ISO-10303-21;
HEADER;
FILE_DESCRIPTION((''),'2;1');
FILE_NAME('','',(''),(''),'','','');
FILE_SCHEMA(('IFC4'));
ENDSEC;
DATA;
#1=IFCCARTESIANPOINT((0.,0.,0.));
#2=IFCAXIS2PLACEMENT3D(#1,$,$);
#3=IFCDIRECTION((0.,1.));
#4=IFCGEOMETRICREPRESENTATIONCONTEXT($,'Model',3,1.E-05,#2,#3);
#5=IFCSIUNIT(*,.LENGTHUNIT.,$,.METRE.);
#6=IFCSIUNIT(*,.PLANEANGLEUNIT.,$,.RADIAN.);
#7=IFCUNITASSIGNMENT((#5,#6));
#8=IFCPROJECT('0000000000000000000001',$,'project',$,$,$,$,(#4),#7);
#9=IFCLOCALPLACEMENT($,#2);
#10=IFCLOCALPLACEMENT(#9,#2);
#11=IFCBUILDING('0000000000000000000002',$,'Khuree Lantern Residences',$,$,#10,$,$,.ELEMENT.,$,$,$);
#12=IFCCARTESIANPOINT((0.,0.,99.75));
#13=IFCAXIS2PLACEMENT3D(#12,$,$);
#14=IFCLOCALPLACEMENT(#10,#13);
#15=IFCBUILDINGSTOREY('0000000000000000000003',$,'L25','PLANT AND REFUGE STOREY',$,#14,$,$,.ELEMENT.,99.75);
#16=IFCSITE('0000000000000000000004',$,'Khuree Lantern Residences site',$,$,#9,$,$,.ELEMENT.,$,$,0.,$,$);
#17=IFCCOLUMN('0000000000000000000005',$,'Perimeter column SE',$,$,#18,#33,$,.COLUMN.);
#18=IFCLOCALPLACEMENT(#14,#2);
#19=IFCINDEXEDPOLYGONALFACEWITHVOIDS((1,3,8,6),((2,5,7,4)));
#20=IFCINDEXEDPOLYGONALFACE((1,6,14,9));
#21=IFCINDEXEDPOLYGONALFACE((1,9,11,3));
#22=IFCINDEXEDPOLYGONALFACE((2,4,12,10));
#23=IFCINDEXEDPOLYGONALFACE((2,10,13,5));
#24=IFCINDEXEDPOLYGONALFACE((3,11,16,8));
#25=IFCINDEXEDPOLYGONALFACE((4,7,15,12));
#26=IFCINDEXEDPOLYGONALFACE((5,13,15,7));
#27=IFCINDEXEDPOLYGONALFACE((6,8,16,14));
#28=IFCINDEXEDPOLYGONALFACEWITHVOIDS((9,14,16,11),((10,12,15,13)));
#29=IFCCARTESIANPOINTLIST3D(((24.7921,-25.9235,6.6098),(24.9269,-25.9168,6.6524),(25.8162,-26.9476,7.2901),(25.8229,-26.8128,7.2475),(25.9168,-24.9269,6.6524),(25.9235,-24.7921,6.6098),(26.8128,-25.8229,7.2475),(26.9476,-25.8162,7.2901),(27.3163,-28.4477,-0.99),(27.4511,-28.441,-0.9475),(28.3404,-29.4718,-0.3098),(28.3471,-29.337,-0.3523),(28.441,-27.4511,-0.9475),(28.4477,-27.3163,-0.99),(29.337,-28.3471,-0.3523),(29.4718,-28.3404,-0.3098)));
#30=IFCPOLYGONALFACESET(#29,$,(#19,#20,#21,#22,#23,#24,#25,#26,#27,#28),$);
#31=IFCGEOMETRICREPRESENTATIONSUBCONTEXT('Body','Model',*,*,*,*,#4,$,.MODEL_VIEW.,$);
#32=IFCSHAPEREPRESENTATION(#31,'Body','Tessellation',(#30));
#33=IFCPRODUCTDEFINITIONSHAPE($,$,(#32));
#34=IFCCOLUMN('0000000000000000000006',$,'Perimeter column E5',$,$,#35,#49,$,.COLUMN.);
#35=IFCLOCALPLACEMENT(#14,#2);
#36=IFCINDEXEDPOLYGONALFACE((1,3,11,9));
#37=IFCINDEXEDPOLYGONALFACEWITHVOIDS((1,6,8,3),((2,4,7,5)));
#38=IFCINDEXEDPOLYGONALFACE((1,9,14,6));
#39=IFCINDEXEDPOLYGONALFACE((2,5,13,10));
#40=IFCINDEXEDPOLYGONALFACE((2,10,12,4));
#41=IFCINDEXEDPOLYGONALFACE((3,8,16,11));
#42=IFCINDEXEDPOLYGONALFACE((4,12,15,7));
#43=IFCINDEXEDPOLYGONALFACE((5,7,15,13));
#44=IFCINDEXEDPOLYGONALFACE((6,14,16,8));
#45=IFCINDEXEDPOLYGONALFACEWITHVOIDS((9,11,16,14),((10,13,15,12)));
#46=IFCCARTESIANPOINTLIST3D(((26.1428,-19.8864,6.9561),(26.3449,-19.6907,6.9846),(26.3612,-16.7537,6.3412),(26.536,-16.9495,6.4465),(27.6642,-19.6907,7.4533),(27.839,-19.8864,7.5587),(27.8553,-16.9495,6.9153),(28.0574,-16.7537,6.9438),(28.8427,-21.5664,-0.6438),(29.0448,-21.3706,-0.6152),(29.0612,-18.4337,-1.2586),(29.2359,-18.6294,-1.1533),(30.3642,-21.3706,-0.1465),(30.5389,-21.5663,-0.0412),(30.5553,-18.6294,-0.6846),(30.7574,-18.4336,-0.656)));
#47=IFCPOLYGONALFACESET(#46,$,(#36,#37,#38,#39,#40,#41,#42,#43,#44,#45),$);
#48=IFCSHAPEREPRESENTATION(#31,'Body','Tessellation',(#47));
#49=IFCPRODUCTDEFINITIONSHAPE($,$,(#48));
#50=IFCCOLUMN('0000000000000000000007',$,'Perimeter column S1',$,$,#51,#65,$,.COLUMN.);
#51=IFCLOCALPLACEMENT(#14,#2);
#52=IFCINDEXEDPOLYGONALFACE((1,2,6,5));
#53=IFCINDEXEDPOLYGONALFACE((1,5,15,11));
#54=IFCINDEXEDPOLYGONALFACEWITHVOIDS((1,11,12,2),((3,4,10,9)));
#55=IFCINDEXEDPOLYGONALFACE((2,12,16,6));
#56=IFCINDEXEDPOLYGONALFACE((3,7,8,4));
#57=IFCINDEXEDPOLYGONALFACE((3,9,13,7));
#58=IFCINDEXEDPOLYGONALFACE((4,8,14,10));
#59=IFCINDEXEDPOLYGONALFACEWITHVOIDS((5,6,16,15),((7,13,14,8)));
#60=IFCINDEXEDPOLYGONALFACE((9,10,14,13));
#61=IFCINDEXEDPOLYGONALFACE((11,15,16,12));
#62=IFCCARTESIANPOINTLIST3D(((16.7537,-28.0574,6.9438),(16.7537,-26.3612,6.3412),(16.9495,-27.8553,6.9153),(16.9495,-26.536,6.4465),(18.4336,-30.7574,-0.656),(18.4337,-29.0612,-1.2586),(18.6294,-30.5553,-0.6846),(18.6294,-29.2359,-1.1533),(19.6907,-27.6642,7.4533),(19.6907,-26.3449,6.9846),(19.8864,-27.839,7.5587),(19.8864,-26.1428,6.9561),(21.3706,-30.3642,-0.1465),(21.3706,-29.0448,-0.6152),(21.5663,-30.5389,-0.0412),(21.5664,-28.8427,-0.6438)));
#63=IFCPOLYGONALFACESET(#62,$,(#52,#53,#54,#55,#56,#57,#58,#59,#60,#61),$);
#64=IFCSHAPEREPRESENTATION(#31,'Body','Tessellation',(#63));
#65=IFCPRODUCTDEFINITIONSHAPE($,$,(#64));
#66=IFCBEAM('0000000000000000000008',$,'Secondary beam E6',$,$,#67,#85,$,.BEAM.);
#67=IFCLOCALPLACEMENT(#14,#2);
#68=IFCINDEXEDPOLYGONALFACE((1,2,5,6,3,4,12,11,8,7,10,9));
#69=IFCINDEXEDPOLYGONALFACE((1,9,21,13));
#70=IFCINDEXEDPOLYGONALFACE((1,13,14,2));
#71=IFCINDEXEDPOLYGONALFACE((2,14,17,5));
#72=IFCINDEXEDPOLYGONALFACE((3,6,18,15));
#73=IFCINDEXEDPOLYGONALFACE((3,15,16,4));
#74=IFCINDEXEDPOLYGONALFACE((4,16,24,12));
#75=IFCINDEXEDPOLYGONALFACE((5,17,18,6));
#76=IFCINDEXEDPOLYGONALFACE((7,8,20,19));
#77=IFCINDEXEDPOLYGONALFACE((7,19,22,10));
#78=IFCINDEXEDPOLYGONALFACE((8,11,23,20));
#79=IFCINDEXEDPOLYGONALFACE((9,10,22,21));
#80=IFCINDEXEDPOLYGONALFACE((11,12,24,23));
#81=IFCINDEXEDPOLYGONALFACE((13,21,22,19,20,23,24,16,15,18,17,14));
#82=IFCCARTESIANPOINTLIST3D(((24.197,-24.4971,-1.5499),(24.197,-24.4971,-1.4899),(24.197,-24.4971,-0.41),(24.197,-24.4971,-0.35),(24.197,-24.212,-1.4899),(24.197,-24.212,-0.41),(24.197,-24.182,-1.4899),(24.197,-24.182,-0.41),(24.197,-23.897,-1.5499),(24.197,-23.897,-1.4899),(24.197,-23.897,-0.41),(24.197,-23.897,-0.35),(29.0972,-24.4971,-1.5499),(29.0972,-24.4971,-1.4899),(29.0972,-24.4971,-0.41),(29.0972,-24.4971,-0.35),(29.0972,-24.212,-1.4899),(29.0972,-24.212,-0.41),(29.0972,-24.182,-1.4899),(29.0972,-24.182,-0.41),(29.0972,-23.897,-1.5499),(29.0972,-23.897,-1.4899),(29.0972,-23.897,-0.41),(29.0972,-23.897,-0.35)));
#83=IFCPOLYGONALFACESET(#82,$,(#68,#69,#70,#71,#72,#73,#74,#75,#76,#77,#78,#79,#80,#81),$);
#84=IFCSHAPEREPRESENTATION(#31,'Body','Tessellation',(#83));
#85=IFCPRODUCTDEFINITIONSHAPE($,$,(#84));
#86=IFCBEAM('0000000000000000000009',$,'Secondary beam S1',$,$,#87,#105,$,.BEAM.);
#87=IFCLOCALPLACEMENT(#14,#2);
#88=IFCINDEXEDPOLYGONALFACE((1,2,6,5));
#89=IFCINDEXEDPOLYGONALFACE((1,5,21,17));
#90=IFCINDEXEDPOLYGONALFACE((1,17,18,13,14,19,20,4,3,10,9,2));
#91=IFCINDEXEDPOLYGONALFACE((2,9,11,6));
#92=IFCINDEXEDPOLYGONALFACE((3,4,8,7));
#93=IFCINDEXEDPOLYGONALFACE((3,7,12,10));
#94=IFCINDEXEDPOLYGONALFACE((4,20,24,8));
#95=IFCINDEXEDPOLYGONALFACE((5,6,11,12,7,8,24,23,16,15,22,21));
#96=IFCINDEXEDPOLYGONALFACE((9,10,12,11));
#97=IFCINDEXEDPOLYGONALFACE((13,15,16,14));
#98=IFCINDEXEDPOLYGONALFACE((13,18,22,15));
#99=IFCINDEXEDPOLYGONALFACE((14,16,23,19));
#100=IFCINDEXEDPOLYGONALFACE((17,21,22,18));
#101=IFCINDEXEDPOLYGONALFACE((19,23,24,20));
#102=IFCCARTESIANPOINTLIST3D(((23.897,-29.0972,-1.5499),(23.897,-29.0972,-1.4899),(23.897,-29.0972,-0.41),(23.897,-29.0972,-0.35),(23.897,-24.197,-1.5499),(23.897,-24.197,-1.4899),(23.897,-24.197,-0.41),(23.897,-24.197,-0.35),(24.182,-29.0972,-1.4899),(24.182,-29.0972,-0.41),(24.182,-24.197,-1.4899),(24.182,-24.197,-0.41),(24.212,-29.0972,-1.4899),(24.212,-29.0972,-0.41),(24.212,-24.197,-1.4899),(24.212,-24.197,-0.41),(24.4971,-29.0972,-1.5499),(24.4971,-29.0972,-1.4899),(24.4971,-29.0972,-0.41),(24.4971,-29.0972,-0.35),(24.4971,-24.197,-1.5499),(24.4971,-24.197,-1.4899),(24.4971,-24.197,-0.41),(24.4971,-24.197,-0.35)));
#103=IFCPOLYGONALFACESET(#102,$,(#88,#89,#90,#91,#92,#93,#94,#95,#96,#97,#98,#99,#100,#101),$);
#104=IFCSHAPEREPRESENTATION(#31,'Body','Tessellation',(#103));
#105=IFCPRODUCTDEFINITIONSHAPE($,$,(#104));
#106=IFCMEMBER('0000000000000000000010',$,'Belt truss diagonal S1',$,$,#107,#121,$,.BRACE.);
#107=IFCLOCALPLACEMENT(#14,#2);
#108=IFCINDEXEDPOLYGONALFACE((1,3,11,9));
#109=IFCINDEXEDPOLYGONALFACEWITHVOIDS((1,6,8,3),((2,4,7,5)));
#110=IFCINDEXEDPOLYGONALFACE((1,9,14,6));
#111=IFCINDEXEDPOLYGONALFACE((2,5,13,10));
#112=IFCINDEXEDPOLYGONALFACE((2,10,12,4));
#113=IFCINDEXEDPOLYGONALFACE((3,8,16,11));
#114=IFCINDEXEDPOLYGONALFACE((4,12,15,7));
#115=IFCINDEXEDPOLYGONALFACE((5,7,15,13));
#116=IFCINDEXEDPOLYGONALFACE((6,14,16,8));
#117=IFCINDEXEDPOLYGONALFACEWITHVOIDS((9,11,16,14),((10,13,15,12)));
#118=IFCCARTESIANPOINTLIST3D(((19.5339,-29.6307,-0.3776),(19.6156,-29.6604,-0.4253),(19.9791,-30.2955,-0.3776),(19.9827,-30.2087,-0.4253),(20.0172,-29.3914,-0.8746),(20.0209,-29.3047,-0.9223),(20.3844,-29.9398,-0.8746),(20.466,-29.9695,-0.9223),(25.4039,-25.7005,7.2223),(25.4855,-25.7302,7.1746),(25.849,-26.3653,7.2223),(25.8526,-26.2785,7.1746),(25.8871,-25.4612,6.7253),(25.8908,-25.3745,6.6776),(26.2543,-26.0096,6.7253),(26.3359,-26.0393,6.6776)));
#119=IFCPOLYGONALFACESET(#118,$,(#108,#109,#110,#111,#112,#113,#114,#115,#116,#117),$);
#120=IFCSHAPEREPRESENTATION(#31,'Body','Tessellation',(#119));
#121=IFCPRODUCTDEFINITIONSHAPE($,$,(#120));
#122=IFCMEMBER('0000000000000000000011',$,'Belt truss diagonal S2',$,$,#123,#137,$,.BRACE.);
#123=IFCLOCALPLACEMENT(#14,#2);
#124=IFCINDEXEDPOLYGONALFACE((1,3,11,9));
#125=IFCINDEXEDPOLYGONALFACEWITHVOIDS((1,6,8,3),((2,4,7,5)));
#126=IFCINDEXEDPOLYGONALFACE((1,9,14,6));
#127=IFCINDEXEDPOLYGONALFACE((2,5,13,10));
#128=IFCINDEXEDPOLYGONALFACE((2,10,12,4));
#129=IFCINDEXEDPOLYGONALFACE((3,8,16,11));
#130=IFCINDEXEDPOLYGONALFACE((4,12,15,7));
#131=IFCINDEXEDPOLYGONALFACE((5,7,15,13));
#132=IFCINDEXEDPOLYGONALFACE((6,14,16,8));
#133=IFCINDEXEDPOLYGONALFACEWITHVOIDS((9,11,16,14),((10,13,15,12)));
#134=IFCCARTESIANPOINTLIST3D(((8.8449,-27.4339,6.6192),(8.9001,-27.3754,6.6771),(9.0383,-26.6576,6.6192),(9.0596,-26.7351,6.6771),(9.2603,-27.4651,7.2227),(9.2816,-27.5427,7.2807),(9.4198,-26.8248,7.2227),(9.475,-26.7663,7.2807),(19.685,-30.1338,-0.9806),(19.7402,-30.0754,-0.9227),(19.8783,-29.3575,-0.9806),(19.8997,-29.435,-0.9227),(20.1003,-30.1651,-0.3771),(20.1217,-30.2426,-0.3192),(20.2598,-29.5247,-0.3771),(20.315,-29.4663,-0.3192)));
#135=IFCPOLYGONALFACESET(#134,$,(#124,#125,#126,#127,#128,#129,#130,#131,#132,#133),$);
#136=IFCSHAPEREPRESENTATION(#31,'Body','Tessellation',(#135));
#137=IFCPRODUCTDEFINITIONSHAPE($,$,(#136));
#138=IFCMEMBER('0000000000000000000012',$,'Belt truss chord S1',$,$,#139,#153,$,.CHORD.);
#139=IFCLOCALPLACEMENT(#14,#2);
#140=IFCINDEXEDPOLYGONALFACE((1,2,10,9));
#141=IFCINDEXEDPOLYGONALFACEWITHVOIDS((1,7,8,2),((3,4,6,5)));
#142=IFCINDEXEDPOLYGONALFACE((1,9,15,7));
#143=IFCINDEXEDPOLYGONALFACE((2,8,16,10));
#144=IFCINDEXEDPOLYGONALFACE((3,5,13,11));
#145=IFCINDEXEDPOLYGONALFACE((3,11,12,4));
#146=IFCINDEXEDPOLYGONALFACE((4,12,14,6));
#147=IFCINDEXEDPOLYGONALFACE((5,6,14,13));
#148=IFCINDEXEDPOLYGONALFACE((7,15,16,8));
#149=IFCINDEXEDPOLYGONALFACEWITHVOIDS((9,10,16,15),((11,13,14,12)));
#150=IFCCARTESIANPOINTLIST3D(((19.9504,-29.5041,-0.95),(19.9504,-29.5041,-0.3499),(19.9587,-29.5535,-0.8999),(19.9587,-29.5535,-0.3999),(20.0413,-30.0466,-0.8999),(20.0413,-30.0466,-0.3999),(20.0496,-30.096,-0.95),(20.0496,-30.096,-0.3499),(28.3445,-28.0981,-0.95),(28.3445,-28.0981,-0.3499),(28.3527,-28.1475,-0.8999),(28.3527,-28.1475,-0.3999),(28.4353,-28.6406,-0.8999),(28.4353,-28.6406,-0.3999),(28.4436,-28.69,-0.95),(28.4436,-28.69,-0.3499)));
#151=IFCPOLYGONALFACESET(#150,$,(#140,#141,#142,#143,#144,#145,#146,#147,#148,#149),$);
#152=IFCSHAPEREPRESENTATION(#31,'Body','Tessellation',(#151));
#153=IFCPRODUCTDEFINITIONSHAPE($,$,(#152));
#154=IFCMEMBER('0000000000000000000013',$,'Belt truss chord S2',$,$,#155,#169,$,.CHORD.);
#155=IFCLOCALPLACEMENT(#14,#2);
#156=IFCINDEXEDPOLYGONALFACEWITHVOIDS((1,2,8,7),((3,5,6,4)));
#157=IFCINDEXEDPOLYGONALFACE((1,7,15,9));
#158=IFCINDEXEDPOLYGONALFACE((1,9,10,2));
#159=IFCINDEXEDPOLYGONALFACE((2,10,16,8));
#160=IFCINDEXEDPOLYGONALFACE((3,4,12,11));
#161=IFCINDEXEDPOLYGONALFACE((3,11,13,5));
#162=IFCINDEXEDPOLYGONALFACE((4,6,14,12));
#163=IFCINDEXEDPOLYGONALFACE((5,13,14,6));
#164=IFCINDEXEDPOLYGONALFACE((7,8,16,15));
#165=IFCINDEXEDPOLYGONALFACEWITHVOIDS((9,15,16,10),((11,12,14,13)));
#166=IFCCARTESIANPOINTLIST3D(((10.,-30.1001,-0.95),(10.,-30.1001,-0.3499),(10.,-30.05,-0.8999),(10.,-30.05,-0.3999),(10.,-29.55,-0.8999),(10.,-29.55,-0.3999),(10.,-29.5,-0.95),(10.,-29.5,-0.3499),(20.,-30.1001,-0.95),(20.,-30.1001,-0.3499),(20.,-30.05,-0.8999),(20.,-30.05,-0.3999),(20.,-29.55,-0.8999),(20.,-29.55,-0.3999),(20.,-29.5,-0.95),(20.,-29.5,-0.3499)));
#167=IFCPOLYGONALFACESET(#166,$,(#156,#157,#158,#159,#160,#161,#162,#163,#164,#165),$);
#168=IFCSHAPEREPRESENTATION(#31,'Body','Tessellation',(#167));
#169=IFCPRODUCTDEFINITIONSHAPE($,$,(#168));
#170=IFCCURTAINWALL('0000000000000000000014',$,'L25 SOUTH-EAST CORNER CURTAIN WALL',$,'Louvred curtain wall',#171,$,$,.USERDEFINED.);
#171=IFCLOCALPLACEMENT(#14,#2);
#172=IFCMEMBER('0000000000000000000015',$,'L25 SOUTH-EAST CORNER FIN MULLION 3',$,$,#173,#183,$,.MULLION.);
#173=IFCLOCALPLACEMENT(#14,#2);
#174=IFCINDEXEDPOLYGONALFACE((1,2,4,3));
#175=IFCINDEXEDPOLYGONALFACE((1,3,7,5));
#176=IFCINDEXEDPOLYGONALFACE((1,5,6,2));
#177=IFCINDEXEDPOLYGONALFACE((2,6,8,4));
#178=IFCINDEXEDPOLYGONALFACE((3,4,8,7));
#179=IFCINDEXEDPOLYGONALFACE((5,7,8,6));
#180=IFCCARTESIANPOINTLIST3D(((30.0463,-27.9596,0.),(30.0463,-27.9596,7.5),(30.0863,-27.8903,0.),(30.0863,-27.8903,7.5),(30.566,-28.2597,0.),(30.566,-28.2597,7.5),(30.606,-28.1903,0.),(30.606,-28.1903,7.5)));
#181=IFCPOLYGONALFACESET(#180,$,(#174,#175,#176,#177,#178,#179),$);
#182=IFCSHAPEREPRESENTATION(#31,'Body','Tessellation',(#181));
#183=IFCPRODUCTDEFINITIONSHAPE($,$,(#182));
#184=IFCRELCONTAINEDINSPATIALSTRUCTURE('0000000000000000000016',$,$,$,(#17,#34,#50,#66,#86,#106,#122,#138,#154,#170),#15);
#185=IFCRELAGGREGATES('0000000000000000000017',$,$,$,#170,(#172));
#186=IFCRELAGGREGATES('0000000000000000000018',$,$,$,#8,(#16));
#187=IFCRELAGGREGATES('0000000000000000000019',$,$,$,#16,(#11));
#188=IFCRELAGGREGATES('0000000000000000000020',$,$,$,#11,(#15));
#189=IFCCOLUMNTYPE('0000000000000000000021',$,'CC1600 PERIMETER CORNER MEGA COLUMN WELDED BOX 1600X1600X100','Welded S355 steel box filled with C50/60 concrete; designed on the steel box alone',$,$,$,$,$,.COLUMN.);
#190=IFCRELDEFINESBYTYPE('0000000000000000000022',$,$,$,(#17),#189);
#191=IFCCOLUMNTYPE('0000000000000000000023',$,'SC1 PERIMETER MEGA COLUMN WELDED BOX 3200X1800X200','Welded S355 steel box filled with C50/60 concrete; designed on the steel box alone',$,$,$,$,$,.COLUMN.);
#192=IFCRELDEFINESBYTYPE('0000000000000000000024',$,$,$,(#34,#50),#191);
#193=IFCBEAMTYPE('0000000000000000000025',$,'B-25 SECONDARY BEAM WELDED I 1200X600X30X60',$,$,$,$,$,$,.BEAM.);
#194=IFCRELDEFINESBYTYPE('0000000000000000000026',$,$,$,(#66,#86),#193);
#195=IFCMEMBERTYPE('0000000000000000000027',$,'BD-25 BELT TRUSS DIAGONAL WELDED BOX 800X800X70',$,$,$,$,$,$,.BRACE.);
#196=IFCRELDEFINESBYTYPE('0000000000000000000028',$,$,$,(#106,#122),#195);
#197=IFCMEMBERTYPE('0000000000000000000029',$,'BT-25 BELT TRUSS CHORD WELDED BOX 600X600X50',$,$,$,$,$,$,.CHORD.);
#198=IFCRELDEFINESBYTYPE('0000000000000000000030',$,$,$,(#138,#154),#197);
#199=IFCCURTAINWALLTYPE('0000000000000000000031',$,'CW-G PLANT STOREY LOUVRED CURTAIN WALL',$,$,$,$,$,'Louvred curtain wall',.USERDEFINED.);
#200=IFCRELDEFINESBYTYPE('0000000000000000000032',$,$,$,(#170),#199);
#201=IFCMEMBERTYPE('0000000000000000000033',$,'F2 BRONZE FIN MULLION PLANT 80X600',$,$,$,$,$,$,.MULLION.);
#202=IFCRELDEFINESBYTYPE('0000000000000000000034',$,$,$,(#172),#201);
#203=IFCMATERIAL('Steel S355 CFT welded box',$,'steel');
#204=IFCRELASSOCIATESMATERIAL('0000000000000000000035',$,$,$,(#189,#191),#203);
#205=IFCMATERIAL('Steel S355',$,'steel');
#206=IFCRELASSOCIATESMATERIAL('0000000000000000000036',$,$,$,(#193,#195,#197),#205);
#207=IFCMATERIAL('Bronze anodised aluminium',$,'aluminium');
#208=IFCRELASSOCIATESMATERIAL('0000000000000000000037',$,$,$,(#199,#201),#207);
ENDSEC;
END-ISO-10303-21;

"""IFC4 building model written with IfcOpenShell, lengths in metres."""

from ifc_helpers import new_model, si_unit, direction, frame, origin, origin_2d, place, context, subcontext, project, spatial, rectangle, hollow_rectangle, i_section, extrude, material, material_profile, profile_set, type_object, element, aggregate, save


model = new_model("IFC4")

# Units and contexts
model_context = context("Model", 3, precision=1e-05, world=origin(), true_north=direction((0.0, 1.0)))
body_context = subcontext(model_context, "Body", "Model", "MODEL_VIEW")
ifc_project = project(units=[si_unit("LENGTHUNIT", "METRE"), si_unit("PLANEANGLEUNIT", "RADIAN")], contexts=[model_context])

# Site, building, storey
site_placement = place(None, origin())
site = spatial("IfcSite", under=ifc_project, at=site_placement, Name="Khuree Lantern Residences site", CompositionType="ELEMENT", RefElevation=0.0)
building_placement = place(site_placement, origin())
building = spatial("IfcBuilding", under=site, at=building_placement, Name="Khuree Lantern Residences", CompositionType="ELEMENT")
storey_placement = place(building_placement, frame((0.0, 0.0, 99.75)))
storey = spatial("IfcBuildingStorey", under=building, at=storey_placement, Name="L25", Description="PLANT AND REFUGE STOREY", CompositionType="ELEMENT", Elevation=99.75)

# Columns
ifc_material_1 = material(Name="Steel S355 CFT welded box", Category="steel")
ifc_material_profile_1 = material_profile(ifc_material_1, hollow_rectangle(XDim=1.6001, YDim=1.6001, WallThickness=0.1001, at=origin_2d()), Name="WELDED BOX 1600X1600X100")
ifc_profile_set_1 = profile_set([ifc_material_profile_1], Name="Steel S355 CFT welded box")
column_type_1 = type_object("IfcColumnType", Name="CC1600 PERIMETER CORNER MEGA COLUMN WELDED BOX 1600X1600X100", Description="Welded S355 steel box filled with C50/60 concrete; designed on the steel box alone", PredefinedType="COLUMN", material=ifc_profile_set_1)
column_placement = place(storey_placement, frame((28.394, -28.394, -0.6499), z_axis=(-0.300623, 0.300623, 0.905125), x_axis=(0.707107, 0.707107, 0.0)))
element("IfcColumn", 1, at=column_placement, inside=storey, type_object=column_type_1, Name="Perimeter column SE", PredefinedType="COLUMN", context=body_context, shape_type="SweptSolid", body=[
    extrude(hollow_rectangle(XDim=1.6001, YDim=1.6001, WallThickness=0.1001, at=origin_2d()), origin(), (0.0, 0.0, 1.0), 8.3965),
])
ifc_material_profile_2 = material_profile(ifc_material_1, hollow_rectangle(XDim=3.2, YDim=1.8, WallThickness=0.2, at=origin_2d()), Name="WELDED BOX 3200X1800X200")
ifc_profile_set_2 = profile_set([ifc_material_profile_2], Name="Steel S355 CFT welded box")
column_type_2 = type_object("IfcColumnType", Name="SC1 PERIMETER MEGA COLUMN WELDED BOX 3200X1800X200", Description="Welded S355 steel box filled with C50/60 concrete; designed on the steel box alone", PredefinedType="COLUMN", material=ifc_profile_set_2)
for number, where, z_axis, x_axis, name in (
    (2, (29.8, -20.0, -0.6499), (-0.327731, 0.203917, 0.922502), (0.068256, 0.978988, -0.192155), "Perimeter column E5"),
    (3, (20.0, -29.8, -0.6499), (-0.203917, 0.327731, 0.922502), (0.978988, 0.068256, 0.192155), "Perimeter column S1"),
):
    element("IfcColumn", number, at=place(storey_placement, frame(where, z_axis=z_axis, x_axis=x_axis)), inside=storey, type_object=column_type_2, Name=name, PredefinedType="COLUMN", context=body_context, shape_type="SweptSolid", body=[
        extrude(hollow_rectangle(XDim=3.2, YDim=1.8, WallThickness=0.2, at=origin_2d()), origin(), (0.0, 0.0, 1.0), 8.2383),
    ])

# Beams
ifc_material_2 = material(Name="Steel S355", Category="steel")
ifc_material_profile_3 = material_profile(ifc_material_2, i_section(OverallWidth=0.6001, OverallDepth=1.2, WebThickness=0.03, FlangeThickness=0.0601, at=origin_2d()), Name="WELDED I 1200X600X30X60")
ifc_profile_set_3 = profile_set([ifc_material_profile_3], Name="Steel S355")
beam_type_1 = type_object("IfcBeamType", Name="B-25 SECONDARY BEAM WELDED I 1200X600X30X60", PredefinedType="BEAM", material=ifc_profile_set_3)
for number, where, z_axis, x_axis, name in (
    (4, (29.0972, -24.197, -0.95), (-1.0, 0.0, 0.0), (0.0, -1.0, 0.0), "Secondary beam E6"),
    (5, (24.197, -29.0972, -0.95), (0.0, 1.0, 0.0), (-1.0, 0.0, 0.0), "Secondary beam S1"),
):
    element("IfcBeam", number, at=place(storey_placement, frame(where, z_axis=z_axis, x_axis=x_axis)), inside=storey, type_object=beam_type_1, Name=name, PredefinedType="BEAM", context=body_context, shape_type="SweptSolid", body=[
        extrude(i_section(OverallWidth=0.6001, OverallDepth=1.2, WebThickness=0.03, FlangeThickness=0.0601, at=origin_2d()), origin(), (0.0, 0.0, 1.0), 4.9001),
    ])

# Members
ifc_material_profile_4 = material_profile(ifc_material_2, hollow_rectangle(XDim=0.8, YDim=0.8, WallThickness=0.0701, at=origin_2d()), Name="WELDED BOX 800X800X70")
ifc_profile_set_4 = profile_set([ifc_material_profile_4], Name="Steel S355")
member_type_1 = type_object("IfcMemberType", Name="BD-25 BELT TRUSS DIAGONAL WELDED BOX 800X800X70", PredefinedType="BRACE", material=ifc_profile_set_4)
member_1_placement = place(storey_placement, frame((25.8699, -25.8699, 6.95), z_axis=(-0.565721, -0.378779, -0.732452), x_axis=(0.556358, -0.830943, 0.0)))
element("IfcMember", 6, at=member_1_placement, inside=storey, type_object=member_type_1, Name="Belt truss diagonal S1", PredefinedType="BRACE", context=body_context, shape_type="SweptSolid", body=[
    extrude(hollow_rectangle(XDim=0.8, YDim=0.8, WallThickness=0.0701, at=origin_2d()), origin(), (0.0, 0.0, 1.0), 10.376),
])
member_2_placement = place(storey_placement, frame((20.0, -29.8, -0.6499), z_axis=(-0.802298, 0.199829, 0.562482), x_axis=(-0.241687, -0.970354, 0.0)))
element("IfcMember", 7, at=member_2_placement, inside=storey, type_object=member_type_1, Name="Belt truss diagonal S2", PredefinedType="BRACE", context=body_context, shape_type="SweptSolid", body=[
    extrude(hollow_rectangle(XDim=0.8, YDim=0.8, WallThickness=0.0701, at=origin_2d()), origin(), (0.0, 0.0, 1.0), 13.5112),
])
ifc_material_profile_5 = material_profile(ifc_material_2, hollow_rectangle(XDim=0.6001, YDim=0.6001, WallThickness=0.05, at=origin_2d()), Name="WELDED BOX 600X600X50")
ifc_profile_set_5 = profile_set([ifc_material_profile_5], Name="Steel S355")
member_type_2 = type_object("IfcMemberType", Name="BT-25 BELT TRUSS CHORD WELDED BOX 600X600X50", PredefinedType="CHORD", material=ifc_profile_set_5)
member_3_placement = place(storey_placement, frame((28.394, -28.394, -0.6499), z_axis=(-0.98626, -0.165199, 0.0), x_axis=(0.165199, -0.98626, 0.0)))
element("IfcMember", 8, at=member_3_placement, inside=storey, type_object=member_type_2, Name="Belt truss chord S1", PredefinedType="CHORD", context=body_context, shape_type="SweptSolid", body=[
    extrude(hollow_rectangle(XDim=0.6001, YDim=0.6001, WallThickness=0.05, at=origin_2d()), origin(), (0.0, 0.0, 1.0), 8.511),
])
member_4_placement = place(storey_placement, frame((20.0, -29.8, -0.6499), z_axis=(-1.0, 0.0, 0.0), x_axis=(0.0, -1.0, 0.0)))
element("IfcMember", 9, at=member_4_placement, inside=storey, type_object=member_type_2, Name="Belt truss chord S2", PredefinedType="CHORD", context=body_context, shape_type="SweptSolid", body=[
    extrude(hollow_rectangle(XDim=0.6001, YDim=0.6001, WallThickness=0.05, at=origin_2d()), origin(), (0.0, 0.0, 1.0), 10.0),
])

# Curtain wall, member
ifc_material_3 = material(Name="Bronze anodised aluminium", Category="aluminium")
curtain_wall_type = type_object("IfcCurtainWallType", Name="CW-G PLANT STOREY LOUVRED CURTAIN WALL", ElementType="Louvred curtain wall", PredefinedType="USERDEFINED", material=ifc_material_3)
curtain_wall_1_placement = place(storey_placement, origin())
curtain_wall_1 = element("IfcCurtainWall", 10, at=curtain_wall_1_placement, inside=storey, type_object=curtain_wall_type, Name="L25 SOUTH-EAST CORNER CURTAIN WALL", ObjectType="Louvred curtain wall", PredefinedType="USERDEFINED")
ifc_material_profile_6 = material_profile(ifc_material_3, rectangle(XDim=0.0801, YDim=0.6001, at=origin_2d()), Name="F2 80X600")
ifc_profile_set_6 = profile_set([ifc_material_profile_6], Name="Bronze anodised aluminium")
member_type_3 = type_object("IfcMemberType", Name="F2 BRONZE FIN MULLION PLANT 80X600", PredefinedType="MULLION", material=ifc_profile_set_6)
member_5_placement = place(storey_placement, frame((30.3262, -28.075, 0.0), z_axis=(0.0, 0.0, 1.0), x_axis=(0.5, 0.866025, 0.0)))
member_5 = element("IfcMember", 11, at=member_5_placement, type_object=member_type_3, Name="L25 SOUTH-EAST CORNER FIN MULLION 3", PredefinedType="MULLION", context=body_context, shape_type="SweptSolid", body=[
    extrude(rectangle(XDim=0.0801, YDim=0.6001, at=origin_2d()), origin(), (0.0, 0.0, 1.0), 7.5),
])

aggregate(curtain_wall_1, [member_5])

save(model, "model.ifc")
